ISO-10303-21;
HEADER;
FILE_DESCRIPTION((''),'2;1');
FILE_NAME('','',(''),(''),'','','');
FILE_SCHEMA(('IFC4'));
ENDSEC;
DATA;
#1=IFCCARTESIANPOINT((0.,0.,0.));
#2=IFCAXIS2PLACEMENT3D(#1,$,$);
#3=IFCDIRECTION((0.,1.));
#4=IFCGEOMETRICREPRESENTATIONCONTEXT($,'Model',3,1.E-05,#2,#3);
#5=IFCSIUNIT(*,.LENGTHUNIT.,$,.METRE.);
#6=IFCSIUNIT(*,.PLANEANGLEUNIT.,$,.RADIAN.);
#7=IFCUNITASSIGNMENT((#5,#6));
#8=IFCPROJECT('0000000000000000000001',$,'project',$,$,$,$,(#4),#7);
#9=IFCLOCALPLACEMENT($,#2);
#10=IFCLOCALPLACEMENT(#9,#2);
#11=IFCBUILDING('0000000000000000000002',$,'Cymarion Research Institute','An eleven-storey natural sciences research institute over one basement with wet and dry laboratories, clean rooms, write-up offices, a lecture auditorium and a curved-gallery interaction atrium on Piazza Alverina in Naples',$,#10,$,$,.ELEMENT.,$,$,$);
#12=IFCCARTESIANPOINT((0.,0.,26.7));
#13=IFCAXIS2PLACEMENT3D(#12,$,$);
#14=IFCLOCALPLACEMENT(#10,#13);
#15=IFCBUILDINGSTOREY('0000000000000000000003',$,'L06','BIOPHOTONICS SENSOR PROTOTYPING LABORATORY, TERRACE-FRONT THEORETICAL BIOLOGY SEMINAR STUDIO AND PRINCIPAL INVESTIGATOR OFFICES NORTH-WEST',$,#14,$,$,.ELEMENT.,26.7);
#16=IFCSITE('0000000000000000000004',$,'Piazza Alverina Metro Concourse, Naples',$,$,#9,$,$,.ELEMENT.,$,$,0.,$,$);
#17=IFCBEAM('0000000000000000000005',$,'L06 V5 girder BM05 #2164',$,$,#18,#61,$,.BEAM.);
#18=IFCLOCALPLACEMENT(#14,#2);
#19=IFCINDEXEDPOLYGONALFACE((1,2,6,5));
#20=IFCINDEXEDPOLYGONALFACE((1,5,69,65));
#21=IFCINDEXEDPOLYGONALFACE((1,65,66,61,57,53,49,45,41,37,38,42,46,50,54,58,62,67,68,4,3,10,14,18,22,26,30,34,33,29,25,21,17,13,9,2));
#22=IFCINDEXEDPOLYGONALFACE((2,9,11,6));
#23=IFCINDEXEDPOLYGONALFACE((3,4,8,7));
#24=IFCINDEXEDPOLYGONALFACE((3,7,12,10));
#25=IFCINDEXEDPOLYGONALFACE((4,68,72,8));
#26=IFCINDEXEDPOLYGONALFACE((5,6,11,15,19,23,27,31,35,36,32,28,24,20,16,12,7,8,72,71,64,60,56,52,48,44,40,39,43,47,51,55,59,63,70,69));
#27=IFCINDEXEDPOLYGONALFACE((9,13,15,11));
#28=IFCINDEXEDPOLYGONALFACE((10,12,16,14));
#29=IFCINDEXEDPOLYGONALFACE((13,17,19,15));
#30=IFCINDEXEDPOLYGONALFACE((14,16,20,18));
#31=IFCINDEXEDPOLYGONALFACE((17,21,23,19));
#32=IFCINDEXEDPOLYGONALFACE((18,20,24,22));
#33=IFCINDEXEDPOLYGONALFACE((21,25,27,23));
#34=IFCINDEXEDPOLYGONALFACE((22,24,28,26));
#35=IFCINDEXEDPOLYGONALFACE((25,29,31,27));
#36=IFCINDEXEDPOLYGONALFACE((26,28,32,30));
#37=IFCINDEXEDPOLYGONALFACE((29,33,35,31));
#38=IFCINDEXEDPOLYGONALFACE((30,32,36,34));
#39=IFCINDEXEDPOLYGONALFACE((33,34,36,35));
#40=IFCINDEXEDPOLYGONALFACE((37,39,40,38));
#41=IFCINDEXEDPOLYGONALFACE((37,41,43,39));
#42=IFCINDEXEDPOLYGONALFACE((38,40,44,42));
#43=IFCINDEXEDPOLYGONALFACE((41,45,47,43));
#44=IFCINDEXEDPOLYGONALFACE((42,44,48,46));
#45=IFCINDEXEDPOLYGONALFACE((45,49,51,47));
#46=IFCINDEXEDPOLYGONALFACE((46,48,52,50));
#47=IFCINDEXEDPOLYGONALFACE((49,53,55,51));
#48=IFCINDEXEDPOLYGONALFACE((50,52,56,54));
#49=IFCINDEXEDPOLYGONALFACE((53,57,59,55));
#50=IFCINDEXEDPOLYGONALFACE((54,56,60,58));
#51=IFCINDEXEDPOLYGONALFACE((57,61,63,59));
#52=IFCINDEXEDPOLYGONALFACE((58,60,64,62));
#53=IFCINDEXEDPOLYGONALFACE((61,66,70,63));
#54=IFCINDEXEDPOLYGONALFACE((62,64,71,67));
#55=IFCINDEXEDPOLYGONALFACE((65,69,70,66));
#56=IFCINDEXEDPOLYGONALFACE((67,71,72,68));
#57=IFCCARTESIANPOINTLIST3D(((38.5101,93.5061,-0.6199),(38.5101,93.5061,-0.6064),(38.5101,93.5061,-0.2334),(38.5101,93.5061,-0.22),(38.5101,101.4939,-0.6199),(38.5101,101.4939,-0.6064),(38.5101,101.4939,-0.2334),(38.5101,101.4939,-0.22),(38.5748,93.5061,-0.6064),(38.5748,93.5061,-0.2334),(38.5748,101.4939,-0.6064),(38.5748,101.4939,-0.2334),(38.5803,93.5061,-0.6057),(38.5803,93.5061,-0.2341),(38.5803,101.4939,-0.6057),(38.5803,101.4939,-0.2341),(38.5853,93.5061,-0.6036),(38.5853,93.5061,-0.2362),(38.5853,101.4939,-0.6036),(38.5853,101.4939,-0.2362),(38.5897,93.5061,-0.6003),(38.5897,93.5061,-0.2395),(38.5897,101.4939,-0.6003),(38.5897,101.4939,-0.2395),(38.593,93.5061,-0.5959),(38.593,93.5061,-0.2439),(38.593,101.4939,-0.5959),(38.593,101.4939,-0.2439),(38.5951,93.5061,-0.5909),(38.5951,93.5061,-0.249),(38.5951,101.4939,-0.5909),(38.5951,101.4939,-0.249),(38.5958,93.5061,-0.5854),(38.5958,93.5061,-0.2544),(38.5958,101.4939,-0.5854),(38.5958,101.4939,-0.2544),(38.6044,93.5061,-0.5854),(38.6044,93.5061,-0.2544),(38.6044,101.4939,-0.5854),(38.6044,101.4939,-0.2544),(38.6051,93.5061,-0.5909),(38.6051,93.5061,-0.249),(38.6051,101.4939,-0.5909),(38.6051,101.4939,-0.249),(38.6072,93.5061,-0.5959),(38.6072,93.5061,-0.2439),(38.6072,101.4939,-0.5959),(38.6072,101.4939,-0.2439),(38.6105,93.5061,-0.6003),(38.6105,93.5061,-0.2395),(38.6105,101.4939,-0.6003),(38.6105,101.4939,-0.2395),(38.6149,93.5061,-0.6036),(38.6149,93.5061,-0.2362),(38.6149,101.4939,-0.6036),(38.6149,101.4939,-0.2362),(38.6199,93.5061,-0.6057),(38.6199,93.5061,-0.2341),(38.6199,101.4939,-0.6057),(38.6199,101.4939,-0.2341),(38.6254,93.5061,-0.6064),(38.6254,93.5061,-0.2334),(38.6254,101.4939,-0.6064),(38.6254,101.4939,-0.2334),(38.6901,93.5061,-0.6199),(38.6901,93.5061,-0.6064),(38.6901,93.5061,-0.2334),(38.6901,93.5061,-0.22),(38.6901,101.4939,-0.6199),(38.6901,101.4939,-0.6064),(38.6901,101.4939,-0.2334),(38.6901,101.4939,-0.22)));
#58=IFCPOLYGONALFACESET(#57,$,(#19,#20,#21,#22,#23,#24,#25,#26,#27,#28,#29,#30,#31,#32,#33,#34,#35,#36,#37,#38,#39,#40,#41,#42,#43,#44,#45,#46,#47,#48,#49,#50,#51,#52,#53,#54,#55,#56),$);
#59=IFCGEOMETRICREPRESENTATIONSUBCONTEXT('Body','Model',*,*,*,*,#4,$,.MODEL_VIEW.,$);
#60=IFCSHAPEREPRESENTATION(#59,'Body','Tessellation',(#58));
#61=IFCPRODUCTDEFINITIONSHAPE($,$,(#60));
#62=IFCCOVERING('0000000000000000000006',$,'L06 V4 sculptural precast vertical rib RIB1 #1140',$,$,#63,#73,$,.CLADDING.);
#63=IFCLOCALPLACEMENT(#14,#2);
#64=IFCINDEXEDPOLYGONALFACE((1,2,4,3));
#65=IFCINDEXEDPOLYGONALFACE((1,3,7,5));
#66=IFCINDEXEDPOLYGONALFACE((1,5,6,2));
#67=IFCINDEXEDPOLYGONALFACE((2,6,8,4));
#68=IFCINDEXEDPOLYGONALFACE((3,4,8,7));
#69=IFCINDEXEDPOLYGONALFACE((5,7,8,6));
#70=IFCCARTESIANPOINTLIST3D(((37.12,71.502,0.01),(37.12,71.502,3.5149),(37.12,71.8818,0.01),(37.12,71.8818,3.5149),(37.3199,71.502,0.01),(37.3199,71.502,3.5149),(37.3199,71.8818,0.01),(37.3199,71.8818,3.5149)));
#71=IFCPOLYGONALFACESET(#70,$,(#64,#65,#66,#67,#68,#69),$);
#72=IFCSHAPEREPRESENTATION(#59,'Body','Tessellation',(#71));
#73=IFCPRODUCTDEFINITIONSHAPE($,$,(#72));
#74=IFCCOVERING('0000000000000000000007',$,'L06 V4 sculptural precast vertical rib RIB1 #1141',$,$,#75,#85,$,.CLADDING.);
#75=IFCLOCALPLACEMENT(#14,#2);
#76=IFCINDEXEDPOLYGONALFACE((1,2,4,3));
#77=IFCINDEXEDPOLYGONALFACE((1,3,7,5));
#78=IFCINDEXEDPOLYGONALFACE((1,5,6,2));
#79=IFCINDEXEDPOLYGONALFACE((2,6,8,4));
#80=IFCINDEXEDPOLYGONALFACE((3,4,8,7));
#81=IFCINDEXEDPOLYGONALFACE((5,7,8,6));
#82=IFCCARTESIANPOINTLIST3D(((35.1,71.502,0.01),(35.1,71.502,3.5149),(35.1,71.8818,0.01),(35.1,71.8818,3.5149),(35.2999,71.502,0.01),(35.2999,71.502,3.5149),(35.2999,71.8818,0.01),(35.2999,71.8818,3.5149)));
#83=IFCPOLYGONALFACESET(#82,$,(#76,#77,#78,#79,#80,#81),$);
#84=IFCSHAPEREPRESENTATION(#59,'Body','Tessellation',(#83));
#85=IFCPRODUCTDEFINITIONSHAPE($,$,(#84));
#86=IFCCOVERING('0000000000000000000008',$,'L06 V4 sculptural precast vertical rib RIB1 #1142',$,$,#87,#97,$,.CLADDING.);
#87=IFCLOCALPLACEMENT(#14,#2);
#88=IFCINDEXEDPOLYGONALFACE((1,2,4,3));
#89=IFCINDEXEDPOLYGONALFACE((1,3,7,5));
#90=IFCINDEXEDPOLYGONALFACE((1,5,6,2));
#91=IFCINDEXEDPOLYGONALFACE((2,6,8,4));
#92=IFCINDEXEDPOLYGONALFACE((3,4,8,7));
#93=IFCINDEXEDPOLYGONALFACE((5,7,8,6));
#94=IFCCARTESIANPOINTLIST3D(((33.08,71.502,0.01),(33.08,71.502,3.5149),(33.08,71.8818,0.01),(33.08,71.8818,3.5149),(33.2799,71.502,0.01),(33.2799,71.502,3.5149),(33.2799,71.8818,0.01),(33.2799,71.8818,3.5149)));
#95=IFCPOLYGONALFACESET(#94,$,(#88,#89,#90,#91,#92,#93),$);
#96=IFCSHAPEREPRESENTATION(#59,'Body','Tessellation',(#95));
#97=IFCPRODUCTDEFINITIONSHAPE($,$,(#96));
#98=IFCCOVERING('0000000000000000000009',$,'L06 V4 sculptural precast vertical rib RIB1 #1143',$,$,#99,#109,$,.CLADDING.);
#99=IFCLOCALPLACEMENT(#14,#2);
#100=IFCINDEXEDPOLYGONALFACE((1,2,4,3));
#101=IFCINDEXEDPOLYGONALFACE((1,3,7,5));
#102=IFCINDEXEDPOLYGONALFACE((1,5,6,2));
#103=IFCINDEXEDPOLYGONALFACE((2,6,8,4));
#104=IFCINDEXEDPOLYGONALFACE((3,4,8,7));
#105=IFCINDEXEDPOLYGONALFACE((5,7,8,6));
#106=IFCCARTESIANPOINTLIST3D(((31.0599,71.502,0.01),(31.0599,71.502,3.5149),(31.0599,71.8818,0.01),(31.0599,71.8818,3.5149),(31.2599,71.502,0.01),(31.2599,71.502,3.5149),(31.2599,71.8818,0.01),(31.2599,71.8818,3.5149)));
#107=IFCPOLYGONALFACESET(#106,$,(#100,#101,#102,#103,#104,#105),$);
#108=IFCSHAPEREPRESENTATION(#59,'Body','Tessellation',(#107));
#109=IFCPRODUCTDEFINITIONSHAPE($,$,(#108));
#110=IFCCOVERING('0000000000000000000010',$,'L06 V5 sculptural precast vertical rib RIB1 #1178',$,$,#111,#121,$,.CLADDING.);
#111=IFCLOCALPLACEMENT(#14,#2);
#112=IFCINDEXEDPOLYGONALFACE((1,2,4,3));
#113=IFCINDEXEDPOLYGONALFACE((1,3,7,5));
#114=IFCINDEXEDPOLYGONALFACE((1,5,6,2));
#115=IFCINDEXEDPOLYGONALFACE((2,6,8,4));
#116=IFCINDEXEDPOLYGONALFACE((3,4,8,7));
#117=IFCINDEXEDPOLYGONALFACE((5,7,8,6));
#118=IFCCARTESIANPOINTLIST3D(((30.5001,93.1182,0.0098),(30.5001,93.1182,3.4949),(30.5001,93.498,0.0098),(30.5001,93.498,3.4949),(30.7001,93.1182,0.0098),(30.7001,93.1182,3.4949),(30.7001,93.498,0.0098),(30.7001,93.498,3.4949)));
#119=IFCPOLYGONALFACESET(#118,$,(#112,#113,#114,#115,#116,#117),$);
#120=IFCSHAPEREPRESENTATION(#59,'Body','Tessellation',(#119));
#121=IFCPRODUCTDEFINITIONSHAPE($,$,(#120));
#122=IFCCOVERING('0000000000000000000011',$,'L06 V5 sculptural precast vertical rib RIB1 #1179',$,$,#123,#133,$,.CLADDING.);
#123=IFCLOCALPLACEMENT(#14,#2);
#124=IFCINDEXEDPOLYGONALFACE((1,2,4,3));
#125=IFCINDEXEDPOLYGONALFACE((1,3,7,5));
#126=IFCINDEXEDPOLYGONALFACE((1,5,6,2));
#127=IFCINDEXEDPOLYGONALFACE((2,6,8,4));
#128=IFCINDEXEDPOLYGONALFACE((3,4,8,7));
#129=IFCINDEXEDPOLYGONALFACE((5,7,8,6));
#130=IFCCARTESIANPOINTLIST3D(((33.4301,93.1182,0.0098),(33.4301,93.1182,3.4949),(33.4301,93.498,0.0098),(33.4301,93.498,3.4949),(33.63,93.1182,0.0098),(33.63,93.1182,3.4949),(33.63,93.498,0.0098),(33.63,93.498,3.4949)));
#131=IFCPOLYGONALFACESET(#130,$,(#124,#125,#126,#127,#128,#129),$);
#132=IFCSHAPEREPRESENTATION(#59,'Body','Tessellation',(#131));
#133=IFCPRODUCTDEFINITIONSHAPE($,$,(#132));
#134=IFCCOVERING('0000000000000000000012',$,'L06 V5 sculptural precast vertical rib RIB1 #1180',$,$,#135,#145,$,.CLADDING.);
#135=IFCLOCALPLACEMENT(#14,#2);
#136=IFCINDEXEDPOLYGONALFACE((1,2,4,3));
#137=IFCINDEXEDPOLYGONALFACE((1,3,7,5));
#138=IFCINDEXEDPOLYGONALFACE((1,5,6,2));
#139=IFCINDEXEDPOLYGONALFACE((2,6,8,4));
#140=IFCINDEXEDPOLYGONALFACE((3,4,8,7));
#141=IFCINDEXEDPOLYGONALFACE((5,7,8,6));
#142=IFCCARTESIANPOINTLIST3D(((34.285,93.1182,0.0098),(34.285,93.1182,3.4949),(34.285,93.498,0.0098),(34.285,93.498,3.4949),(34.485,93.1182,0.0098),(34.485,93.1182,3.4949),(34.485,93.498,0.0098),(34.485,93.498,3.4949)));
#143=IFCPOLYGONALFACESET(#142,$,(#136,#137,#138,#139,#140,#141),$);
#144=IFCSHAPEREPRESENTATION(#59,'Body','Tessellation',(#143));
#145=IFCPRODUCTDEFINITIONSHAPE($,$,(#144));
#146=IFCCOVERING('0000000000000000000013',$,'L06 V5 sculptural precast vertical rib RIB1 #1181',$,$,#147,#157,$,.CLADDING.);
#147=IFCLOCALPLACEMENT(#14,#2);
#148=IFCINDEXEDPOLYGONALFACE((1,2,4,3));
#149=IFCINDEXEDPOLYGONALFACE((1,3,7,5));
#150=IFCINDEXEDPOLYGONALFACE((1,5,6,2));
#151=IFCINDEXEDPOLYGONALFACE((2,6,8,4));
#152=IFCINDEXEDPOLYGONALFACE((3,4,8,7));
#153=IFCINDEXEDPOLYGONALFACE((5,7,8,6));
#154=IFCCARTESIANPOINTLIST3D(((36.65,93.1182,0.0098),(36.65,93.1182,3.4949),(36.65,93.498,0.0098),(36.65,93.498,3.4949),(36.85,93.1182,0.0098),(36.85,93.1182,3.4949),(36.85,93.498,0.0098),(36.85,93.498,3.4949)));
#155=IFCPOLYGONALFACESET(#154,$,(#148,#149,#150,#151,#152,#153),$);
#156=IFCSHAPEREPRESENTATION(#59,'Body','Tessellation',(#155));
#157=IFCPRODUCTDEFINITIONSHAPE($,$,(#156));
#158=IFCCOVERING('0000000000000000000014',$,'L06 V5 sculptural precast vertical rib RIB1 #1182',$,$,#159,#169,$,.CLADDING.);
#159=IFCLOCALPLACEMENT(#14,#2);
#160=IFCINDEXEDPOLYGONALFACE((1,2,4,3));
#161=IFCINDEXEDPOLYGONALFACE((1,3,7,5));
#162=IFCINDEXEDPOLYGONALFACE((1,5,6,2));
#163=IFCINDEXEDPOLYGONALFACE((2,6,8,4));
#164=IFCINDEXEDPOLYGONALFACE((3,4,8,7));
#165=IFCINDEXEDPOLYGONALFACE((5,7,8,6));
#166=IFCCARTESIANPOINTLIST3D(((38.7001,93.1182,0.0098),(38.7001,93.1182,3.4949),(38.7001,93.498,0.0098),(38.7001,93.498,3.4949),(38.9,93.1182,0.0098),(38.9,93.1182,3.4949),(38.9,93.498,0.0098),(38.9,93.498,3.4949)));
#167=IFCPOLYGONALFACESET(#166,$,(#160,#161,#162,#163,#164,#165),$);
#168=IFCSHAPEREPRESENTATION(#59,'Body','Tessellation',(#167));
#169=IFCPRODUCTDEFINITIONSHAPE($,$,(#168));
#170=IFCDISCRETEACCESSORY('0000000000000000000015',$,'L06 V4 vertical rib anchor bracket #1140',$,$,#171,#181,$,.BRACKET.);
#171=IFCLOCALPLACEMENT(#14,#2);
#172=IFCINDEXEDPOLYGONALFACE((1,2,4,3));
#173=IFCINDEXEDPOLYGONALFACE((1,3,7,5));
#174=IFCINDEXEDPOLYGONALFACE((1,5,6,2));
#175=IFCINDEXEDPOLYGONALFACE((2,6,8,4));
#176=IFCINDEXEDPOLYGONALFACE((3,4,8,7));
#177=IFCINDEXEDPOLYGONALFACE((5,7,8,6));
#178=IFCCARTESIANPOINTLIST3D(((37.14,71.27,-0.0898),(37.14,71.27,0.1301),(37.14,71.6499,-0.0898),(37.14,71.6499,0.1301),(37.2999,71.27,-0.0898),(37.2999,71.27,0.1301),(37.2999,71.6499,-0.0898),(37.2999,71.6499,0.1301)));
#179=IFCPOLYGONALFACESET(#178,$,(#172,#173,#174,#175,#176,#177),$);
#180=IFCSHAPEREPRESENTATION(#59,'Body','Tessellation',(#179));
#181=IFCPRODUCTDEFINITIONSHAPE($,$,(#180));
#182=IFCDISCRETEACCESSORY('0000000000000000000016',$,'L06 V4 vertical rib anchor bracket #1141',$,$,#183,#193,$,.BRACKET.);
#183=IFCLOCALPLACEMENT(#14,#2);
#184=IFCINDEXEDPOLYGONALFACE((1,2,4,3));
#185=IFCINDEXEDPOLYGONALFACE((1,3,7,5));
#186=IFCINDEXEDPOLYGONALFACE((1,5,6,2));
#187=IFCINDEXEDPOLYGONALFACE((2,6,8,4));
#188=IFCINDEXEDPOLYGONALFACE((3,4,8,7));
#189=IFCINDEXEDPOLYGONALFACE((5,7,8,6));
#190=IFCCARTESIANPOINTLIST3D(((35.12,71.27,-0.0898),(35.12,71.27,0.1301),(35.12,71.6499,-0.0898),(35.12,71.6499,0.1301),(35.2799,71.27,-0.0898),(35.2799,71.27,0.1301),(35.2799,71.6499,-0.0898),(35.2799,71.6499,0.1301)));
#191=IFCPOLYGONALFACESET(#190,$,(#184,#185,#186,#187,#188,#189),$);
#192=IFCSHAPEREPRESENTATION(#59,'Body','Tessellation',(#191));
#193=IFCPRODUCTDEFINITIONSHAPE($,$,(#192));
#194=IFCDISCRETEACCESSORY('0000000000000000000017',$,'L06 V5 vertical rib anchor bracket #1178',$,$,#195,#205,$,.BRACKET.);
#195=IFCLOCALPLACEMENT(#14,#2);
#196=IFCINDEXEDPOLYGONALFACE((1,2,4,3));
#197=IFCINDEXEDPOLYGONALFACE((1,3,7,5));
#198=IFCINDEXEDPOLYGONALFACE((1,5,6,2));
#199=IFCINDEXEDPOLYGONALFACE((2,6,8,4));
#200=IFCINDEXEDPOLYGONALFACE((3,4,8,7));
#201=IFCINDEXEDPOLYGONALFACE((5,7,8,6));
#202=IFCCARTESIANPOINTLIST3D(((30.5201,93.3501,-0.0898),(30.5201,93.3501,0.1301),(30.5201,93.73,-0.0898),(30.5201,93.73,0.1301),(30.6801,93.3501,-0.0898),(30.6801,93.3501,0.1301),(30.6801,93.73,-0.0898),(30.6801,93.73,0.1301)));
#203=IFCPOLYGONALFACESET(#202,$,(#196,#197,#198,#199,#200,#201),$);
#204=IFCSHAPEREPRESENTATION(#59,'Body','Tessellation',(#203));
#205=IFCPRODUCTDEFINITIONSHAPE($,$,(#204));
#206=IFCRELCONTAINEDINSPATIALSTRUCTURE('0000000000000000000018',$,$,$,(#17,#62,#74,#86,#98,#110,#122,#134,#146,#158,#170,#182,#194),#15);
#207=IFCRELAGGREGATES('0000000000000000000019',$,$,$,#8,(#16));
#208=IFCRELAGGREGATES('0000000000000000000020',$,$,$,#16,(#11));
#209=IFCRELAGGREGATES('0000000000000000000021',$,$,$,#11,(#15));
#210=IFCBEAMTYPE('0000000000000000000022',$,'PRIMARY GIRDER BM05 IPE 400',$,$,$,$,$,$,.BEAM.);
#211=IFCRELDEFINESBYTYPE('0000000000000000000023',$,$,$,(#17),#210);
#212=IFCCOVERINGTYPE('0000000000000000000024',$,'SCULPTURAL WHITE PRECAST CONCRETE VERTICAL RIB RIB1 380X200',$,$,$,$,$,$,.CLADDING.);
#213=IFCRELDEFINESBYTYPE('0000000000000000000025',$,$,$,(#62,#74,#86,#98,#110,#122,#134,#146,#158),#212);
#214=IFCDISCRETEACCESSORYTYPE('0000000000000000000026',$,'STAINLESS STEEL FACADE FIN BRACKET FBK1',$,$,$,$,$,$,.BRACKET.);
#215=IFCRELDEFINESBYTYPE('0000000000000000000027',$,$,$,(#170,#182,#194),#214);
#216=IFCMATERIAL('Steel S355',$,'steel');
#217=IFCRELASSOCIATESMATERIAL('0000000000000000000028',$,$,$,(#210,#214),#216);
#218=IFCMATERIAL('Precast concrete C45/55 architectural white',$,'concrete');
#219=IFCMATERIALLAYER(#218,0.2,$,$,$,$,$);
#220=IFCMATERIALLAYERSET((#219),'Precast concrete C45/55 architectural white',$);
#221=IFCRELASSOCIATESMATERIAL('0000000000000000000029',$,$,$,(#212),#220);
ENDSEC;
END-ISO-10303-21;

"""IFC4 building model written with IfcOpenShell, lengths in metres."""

from ifc_helpers import new_model, si_unit, direction, frame, origin, origin_2d, place, context, subcontext, project, spatial, rectangle, i_section, extrude, material, layer, layer_set, material_profile, profile_set, type_object, element, save


model = new_model("IFC4")

# Units and contexts
model_context = context("Model", 3, precision=1e-05, world=origin(), true_north=direction((0.0, 1.0)))
body_context = subcontext(model_context, "Body", "Model", "MODEL_VIEW")
ifc_project = project(units=[si_unit("LENGTHUNIT", "METRE"), si_unit("PLANEANGLEUNIT", "RADIAN")], contexts=[model_context])

# Site, building, storey
site_placement = place(None, origin())
site = spatial("IfcSite", under=ifc_project, at=site_placement, Name="Piazza Alverina Metro Concourse, Naples", CompositionType="ELEMENT", RefElevation=0.0)
building_placement = place(site_placement, origin())
building = spatial("IfcBuilding", under=site, at=building_placement, Name="Cymarion Research Institute", Description="An eleven-storey natural sciences research institute over one basement with wet and dry laboratories, clean rooms, write-up offices, a lecture auditorium and a curved-gallery interaction atrium on Piazza Alverina in Naples", CompositionType="ELEMENT")
storey_placement = place(building_placement, frame((0.0, 0.0, 26.7)))
storey = spatial("IfcBuildingStorey", under=building, at=storey_placement, Name="L06", Description="BIOPHOTONICS SENSOR PROTOTYPING LABORATORY, TERRACE-FRONT THEORETICAL BIOLOGY SEMINAR STUDIO AND PRINCIPAL INVESTIGATOR OFFICES NORTH-WEST", CompositionType="ELEMENT", Elevation=26.7)

# Shared definitions
ifc_material_1 = material(Name="Steel S355", Category="steel")

# Beam
ifc_material_profile_1 = material_profile(ifc_material_1, i_section(OverallWidth=0.1799, OverallDepth=0.3999, WebThickness=0.0085, FlangeThickness=0.0134, FilletRadius=0.021, at=origin_2d()), Name="IPE 400")
ifc_profile_set_1 = profile_set([ifc_material_profile_1], Name="Steel S355")
beam_type = type_object("IfcBeamType", Name="PRIMARY GIRDER BM05 IPE 400", PredefinedType="BEAM", material=ifc_profile_set_1)
for number, where, z_axis, x_axis, name in (
    (1, (38.6001, 93.5061, -0.4199), (0.0, 1.0, 0.0), (-1.0, 0.0, 0.0), "L06 V5 girder BM05 #2164"),
):
    element("IfcBeam", number, at=place(storey_placement, frame(where, z_axis=z_axis, x_axis=x_axis)), inside=storey, type_object=beam_type, Name=name, PredefinedType="BEAM", context=body_context, shape_type="SweptSolid", body=[
        extrude(i_section(OverallWidth=0.1799, OverallDepth=0.3999, WebThickness=0.0085, FlangeThickness=0.0134, FilletRadius=0.021, at=origin_2d()), origin(), (0.0, 0.0, 1.0), 7.9878),
    ])

# Coverings
ifc_material_2 = material(Name="Precast concrete C45/55 architectural white", Category="concrete")
ifc_layer = layer(ifc_material_2, 0.2)
ifc_layer_set = layer_set([ifc_layer], Name="Precast concrete C45/55 architectural white")
covering_type = type_object("IfcCoveringType", Name="SCULPTURAL WHITE PRECAST CONCRETE VERTICAL RIB RIB1 380X200", PredefinedType="CLADDING", material=ifc_layer_set)
for number, where, z_axis, x_axis, name in (
    (2, (37.22, 71.6919, 0.01), (0.0, 0.0, 1.0), (0.0, 1.0, 0.0), "L06 V4 sculptural precast vertical rib RIB1 #1140"),
    (3, (35.2, 71.6919, 0.01), (0.0, 0.0, 1.0), (0.0, 1.0, 0.0), "L06 V4 sculptural precast vertical rib RIB1 #1141"),
    (4, (33.1799, 71.6919, 0.01), (0.0, 0.0, 1.0), (0.0, 1.0, 0.0), "L06 V4 sculptural precast vertical rib RIB1 #1142"),
    (5, (31.1599, 71.6919, 0.01), (0.0, 0.0, 1.0), (0.0, 1.0, 0.0), "L06 V4 sculptural precast vertical rib RIB1 #1143"),
):
    element("IfcCovering", number, at=place(storey_placement, frame(where, z_axis=z_axis, x_axis=x_axis)), inside=storey, type_object=covering_type, Name=name, PredefinedType="CLADDING", context=body_context, shape_type="SweptSolid", body=[
        extrude(rectangle(XDim=0.3799, YDim=0.2, at=origin_2d()), origin(), (0.0, 0.0, 1.0), 3.5049),
    ])
for number, where, z_axis, x_axis, name in (
    (6, (30.6001, 93.3081, 0.0098), (0.0, 0.0, 1.0), (0.0, -1.0, 0.0), "L06 V5 sculptural precast vertical rib RIB1 #1178"),
    (7, (33.53, 93.3081, 0.0098), (0.0, 0.0, 1.0), (0.0, -1.0, 0.0), "L06 V5 sculptural precast vertical rib RIB1 #1179"),
    (8, (34.385, 93.3081, 0.0098), (0.0, 0.0, 1.0), (0.0, -1.0, 0.0), "L06 V5 sculptural precast vertical rib RIB1 #1180"),
    (9, (36.75, 93.3081, 0.0098), (0.0, 0.0, 1.0), (0.0, -1.0, 0.0), "L06 V5 sculptural precast vertical rib RIB1 #1181"),
    (10, (38.8, 93.3081, 0.0098), (0.0, 0.0, 1.0), (0.0, -1.0, 0.0), "L06 V5 sculptural precast vertical rib RIB1 #1182"),
):
    element("IfcCovering", number, at=place(storey_placement, frame(where, z_axis=z_axis, x_axis=x_axis)), inside=storey, type_object=covering_type, Name=name, PredefinedType="CLADDING", context=body_context, shape_type="SweptSolid", body=[
        extrude(rectangle(XDim=0.3799, YDim=0.2, at=origin_2d()), origin(), (0.0, 0.0, 1.0), 3.4851),
    ])

# Discrete accessories
discrete_accessory_type = type_object("IfcDiscreteAccessoryType", Name="STAINLESS STEEL FACADE FIN BRACKET FBK1", PredefinedType="BRACKET", material=ifc_material_1)
for number, where, z_axis, x_axis, name in (
    (11, (37.22, 71.46, -0.0898), (0.0, 0.0, 1.0), (0.0, 1.0, 0.0), "L06 V4 vertical rib anchor bracket #1140"),
    (12, (35.2, 71.46, -0.0898), (0.0, 0.0, 1.0), (0.0, 1.0, 0.0), "L06 V4 vertical rib anchor bracket #1141"),
    (13, (30.6001, 93.54, -0.0898), (0.0, 0.0, 1.0), (0.0, -1.0, 0.0), "L06 V5 vertical rib anchor bracket #1178"),
):
    element("IfcDiscreteAccessory", number, at=place(storey_placement, frame(where, z_axis=z_axis, x_axis=x_axis)), inside=storey, type_object=discrete_accessory_type, Name=name, PredefinedType="BRACKET", context=body_context, shape_type="SweptSolid", body=[
        extrude(rectangle(XDim=0.3799, YDim=0.1599, at=origin_2d()), origin(), (0.0, 0.0, 1.0), 0.22),
    ])

save(model, "model.ifc")
